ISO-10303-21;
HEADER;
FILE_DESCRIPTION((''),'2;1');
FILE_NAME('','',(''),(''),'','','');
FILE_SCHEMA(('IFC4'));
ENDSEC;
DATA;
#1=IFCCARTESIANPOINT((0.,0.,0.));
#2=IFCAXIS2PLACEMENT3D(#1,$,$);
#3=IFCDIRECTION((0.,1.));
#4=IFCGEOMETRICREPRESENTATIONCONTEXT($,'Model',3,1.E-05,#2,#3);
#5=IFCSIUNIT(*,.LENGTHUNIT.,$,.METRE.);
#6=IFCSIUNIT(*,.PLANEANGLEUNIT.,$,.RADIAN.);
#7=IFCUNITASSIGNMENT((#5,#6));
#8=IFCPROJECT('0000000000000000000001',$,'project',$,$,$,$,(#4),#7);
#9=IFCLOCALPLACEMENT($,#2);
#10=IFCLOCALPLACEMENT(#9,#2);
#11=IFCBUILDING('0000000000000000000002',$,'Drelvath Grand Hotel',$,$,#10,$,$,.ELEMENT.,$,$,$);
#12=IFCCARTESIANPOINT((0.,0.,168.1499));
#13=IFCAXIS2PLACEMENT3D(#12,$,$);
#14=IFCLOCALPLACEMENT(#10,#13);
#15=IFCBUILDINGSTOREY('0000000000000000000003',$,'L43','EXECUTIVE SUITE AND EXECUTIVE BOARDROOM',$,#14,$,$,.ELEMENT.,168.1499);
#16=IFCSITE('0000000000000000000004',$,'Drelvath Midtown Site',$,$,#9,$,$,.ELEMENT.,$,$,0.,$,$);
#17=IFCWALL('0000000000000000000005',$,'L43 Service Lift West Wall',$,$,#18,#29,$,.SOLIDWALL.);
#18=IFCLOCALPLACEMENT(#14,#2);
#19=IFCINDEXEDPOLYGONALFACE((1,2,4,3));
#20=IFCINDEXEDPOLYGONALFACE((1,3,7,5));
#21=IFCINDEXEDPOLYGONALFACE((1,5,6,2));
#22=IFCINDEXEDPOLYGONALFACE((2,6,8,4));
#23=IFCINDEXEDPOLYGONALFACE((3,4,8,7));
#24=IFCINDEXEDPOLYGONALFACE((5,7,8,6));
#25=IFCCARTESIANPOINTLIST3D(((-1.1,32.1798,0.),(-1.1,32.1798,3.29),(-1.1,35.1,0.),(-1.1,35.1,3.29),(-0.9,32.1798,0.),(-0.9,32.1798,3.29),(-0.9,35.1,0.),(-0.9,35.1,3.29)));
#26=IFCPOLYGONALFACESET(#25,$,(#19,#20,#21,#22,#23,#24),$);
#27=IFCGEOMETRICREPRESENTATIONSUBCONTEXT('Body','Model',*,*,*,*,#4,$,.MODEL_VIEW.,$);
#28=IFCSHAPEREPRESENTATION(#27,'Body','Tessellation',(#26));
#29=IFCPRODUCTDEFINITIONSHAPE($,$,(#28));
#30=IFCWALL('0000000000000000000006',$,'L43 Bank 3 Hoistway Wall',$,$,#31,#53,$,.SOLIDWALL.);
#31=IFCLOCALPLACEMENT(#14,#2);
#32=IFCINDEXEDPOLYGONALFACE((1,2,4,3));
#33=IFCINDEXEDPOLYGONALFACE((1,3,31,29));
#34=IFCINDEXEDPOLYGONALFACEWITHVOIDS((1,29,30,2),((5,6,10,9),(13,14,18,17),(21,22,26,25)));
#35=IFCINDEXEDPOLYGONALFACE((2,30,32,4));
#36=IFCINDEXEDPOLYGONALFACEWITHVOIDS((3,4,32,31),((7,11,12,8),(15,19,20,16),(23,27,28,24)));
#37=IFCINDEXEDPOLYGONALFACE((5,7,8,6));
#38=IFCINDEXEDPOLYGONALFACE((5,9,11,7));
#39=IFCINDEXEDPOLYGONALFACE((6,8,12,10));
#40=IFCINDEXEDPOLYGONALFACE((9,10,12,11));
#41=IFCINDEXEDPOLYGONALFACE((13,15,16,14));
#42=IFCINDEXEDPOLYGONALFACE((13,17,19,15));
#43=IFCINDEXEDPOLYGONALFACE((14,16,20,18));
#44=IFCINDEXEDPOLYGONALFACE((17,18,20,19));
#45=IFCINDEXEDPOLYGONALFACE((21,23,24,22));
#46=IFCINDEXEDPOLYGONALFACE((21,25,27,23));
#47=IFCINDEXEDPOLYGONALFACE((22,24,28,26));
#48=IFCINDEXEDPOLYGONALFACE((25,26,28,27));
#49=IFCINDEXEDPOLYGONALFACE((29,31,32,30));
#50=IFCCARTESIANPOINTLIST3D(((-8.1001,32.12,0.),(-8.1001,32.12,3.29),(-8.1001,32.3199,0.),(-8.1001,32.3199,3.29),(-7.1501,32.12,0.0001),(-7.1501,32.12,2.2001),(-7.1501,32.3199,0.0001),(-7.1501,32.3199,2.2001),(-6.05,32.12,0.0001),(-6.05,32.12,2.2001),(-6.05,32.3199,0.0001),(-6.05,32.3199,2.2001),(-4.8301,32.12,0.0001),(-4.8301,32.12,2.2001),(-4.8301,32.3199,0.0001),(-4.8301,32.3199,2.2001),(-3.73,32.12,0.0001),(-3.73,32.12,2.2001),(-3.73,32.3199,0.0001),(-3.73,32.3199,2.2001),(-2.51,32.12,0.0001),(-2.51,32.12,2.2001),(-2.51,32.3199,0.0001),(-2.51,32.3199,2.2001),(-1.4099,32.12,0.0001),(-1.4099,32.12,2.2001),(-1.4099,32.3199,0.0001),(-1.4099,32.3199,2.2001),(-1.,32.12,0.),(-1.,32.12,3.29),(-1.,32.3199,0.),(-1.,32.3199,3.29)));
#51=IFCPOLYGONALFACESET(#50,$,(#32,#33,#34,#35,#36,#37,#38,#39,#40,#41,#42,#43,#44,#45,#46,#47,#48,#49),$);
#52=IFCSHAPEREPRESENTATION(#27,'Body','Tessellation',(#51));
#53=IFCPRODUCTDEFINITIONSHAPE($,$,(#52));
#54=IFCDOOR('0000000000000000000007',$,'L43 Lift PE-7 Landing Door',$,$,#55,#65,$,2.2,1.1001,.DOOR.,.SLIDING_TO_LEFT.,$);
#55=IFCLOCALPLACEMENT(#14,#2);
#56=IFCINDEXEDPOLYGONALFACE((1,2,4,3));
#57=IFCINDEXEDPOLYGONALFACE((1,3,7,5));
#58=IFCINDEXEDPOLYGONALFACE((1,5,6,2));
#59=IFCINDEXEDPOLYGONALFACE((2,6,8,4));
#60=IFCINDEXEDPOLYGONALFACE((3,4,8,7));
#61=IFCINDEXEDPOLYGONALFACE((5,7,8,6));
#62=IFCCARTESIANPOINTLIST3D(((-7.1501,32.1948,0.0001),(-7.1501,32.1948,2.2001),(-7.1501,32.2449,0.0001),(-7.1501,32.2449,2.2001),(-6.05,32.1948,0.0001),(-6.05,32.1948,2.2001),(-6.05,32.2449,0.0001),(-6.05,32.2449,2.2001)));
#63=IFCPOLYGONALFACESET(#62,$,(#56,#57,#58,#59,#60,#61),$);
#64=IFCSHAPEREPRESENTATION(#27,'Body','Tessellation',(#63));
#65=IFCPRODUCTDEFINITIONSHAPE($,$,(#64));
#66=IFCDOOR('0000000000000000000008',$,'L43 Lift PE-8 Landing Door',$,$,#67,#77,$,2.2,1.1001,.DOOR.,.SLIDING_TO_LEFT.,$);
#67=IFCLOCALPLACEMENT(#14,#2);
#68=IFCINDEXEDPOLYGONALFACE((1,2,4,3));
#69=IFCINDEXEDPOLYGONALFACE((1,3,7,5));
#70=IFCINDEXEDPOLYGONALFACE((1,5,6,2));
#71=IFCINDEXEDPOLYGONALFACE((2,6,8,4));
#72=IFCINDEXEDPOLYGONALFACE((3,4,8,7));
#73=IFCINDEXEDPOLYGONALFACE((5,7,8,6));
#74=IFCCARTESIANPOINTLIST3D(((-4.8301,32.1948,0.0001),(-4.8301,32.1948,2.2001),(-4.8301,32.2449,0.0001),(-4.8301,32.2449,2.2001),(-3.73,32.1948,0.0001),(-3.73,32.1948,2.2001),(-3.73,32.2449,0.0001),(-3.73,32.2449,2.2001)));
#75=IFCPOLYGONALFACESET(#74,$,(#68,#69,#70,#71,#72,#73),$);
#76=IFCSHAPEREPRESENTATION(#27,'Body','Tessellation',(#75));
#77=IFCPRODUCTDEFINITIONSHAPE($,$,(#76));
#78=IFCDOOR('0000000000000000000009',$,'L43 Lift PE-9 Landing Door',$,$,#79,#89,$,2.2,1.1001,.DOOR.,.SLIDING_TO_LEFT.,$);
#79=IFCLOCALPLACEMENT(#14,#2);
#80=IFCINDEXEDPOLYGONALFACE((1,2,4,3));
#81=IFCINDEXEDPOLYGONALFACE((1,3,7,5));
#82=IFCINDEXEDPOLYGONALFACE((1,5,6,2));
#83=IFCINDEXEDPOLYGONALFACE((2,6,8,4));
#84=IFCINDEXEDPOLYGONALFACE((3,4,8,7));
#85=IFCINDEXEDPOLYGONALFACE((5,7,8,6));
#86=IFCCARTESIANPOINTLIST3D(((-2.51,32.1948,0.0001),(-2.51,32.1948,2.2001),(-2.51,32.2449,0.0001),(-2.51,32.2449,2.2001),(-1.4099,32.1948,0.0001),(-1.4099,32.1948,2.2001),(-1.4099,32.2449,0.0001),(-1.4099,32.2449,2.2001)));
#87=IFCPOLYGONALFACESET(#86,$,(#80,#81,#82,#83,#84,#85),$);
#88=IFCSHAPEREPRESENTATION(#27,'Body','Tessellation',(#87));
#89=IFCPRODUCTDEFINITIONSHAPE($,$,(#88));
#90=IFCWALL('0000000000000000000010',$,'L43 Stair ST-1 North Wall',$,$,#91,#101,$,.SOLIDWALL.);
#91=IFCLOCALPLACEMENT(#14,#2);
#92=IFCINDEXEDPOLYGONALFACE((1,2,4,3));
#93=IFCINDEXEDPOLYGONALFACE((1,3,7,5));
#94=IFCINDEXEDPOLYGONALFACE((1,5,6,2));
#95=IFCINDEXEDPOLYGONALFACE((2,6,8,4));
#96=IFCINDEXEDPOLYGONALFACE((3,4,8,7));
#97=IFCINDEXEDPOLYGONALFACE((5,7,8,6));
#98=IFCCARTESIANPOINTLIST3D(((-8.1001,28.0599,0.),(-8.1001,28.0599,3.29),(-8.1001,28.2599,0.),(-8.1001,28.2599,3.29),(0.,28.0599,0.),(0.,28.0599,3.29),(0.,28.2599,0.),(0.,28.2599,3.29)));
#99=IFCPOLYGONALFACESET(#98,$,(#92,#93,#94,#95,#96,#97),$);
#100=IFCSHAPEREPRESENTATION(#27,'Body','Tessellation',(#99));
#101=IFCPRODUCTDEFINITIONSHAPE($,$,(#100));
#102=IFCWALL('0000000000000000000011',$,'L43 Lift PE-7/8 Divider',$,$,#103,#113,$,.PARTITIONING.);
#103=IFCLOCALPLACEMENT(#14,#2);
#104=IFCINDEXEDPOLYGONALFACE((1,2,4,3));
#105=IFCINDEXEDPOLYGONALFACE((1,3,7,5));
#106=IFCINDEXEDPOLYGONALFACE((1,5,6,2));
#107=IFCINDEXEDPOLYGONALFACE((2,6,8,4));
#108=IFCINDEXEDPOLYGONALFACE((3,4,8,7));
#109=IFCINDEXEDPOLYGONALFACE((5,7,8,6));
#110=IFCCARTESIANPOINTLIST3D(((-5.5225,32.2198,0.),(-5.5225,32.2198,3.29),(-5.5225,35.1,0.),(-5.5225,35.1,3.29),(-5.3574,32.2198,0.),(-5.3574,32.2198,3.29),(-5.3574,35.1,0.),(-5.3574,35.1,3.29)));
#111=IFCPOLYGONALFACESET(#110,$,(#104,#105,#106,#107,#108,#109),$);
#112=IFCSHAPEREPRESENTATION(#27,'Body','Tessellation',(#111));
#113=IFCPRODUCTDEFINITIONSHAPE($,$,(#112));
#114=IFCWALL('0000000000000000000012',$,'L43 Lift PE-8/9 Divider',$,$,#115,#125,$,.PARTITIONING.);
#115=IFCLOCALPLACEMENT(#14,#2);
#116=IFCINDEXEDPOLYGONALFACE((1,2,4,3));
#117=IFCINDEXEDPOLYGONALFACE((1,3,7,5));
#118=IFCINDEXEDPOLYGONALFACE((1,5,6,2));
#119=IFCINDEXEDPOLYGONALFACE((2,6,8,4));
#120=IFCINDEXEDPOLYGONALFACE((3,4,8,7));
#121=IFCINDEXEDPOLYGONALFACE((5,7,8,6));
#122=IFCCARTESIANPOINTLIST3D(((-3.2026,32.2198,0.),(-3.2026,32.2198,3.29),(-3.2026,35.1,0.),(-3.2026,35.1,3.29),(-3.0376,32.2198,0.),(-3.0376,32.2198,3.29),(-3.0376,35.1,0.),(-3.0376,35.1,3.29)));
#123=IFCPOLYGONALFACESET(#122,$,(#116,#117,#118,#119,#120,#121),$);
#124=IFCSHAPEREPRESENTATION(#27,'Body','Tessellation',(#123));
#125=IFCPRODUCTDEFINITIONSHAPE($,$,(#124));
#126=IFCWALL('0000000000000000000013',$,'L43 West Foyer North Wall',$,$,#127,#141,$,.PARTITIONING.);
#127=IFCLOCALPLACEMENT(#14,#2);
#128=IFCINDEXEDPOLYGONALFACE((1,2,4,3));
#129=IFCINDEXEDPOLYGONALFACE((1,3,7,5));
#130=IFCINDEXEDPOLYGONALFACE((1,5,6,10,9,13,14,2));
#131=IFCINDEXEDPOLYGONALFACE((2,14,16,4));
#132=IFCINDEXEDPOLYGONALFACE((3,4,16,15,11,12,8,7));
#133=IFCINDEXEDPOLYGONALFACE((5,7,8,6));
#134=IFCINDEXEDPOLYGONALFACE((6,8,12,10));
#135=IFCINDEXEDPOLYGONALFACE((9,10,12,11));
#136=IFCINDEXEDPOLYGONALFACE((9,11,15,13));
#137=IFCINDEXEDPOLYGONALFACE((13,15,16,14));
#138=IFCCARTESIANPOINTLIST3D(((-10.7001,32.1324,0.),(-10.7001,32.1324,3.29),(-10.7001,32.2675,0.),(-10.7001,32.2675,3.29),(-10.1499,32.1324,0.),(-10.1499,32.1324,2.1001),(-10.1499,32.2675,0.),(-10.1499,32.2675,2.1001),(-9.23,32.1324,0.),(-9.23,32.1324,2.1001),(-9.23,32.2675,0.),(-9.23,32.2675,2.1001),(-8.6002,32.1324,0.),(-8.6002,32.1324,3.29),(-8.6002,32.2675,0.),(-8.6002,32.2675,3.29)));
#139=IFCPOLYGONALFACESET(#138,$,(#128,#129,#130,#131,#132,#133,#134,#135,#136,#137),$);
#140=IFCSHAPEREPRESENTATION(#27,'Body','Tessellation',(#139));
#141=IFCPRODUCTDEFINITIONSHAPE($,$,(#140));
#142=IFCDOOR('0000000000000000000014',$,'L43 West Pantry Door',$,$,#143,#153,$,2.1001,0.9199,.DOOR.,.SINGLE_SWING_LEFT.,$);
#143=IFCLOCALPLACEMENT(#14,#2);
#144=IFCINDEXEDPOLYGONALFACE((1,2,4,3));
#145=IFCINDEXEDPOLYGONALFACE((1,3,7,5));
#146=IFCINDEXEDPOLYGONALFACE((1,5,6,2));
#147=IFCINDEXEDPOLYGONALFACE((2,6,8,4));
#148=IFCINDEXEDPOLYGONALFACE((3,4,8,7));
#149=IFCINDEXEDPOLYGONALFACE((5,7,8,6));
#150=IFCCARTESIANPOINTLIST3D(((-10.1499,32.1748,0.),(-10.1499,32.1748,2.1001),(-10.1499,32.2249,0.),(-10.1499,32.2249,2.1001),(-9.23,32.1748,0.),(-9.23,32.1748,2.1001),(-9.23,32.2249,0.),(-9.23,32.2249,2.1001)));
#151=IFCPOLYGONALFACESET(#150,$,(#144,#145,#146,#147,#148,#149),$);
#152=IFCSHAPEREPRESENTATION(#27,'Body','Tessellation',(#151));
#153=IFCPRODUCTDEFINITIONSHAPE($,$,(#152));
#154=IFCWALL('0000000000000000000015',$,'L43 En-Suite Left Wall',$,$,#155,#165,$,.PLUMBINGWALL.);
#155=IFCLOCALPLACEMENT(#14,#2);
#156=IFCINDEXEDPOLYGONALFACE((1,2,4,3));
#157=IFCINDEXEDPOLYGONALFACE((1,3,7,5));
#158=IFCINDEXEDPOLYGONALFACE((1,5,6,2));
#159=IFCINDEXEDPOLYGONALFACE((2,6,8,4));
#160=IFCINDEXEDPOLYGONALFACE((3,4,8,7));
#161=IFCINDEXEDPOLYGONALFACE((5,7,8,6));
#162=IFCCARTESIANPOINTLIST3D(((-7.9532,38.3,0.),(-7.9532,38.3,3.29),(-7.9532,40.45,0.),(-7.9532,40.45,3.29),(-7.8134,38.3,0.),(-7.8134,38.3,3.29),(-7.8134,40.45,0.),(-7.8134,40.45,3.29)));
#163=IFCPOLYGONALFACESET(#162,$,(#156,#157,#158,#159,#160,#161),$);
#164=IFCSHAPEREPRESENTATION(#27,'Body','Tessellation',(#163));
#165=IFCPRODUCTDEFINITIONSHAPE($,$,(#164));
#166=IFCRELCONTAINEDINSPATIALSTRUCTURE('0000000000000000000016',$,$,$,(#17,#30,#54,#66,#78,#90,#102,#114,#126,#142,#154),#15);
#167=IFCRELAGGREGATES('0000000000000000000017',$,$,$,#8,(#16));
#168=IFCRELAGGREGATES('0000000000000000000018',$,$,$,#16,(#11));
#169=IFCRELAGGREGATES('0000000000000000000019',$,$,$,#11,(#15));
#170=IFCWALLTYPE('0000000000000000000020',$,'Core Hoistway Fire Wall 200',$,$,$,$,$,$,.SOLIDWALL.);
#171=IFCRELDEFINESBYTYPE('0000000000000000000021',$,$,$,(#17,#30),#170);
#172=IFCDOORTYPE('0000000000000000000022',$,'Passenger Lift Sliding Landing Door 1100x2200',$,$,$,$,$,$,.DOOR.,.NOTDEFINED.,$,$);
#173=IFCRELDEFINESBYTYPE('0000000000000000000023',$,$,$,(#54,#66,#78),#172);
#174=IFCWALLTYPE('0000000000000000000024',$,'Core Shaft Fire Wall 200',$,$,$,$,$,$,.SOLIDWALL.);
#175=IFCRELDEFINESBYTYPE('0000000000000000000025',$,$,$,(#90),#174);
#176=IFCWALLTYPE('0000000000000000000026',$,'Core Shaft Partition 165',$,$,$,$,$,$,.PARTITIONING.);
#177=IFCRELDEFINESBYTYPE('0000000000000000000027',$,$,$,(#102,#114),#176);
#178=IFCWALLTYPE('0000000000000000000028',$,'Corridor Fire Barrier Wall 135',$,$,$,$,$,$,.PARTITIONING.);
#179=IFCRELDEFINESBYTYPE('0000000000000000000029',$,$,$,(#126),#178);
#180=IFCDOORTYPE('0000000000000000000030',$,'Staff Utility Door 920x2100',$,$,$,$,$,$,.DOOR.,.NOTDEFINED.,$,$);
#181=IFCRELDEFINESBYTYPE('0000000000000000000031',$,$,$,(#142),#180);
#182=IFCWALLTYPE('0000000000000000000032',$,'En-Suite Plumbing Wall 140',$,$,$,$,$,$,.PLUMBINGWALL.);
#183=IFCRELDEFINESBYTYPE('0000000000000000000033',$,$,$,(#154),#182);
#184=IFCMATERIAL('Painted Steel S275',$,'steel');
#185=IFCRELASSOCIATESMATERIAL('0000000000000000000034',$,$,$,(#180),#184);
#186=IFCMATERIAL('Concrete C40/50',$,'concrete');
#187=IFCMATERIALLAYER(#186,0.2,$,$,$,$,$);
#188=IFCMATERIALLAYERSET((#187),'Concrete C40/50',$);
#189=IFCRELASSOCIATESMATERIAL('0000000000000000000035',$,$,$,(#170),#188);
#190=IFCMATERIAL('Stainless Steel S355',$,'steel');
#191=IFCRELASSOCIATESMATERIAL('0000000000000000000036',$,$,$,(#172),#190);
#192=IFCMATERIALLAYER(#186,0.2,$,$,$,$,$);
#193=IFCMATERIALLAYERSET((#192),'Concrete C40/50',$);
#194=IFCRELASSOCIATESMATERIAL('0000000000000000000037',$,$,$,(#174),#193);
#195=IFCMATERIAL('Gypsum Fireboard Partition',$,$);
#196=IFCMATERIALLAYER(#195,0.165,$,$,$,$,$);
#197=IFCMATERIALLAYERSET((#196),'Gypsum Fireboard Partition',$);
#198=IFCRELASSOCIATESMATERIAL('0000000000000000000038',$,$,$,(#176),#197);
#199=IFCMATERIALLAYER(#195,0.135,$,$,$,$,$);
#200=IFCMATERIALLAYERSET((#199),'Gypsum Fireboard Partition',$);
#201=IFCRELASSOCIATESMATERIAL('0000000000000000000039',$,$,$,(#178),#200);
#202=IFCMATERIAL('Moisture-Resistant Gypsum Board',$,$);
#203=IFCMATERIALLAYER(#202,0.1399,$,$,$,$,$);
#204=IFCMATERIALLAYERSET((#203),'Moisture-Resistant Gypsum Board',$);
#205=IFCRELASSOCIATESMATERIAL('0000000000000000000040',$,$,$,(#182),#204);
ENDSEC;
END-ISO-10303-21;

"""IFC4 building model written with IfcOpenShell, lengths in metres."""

from ifc_helpers import new_model, si_unit, direction, frame, frame_2d, origin, place, context, subcontext, project, spatial, rectangle, extrude, material, layer, layer_set, type_object, element, fill, save


model = new_model("IFC4")

# Units and contexts
model_context = context("Model", 3, precision=1e-05, world=origin(), true_north=direction((0.0, 1.0)))
body_context = subcontext(model_context, "Body", "Model", "MODEL_VIEW")
ifc_project = project(units=[si_unit("LENGTHUNIT", "METRE"), si_unit("PLANEANGLEUNIT", "RADIAN")], contexts=[model_context])

# Site, building, storey
site_placement = place(None, origin())
site = spatial("IfcSite", under=ifc_project, at=site_placement, Name="Drelvath Midtown Site", CompositionType="ELEMENT", RefElevation=0.0)
building_placement = place(site_placement, origin())
building = spatial("IfcBuilding", under=site, at=building_placement, Name="Drelvath Grand Hotel", CompositionType="ELEMENT")
storey_placement = place(building_placement, frame((0.0, 0.0, 168.1499)))
storey = spatial("IfcBuildingStorey", under=building, at=storey_placement, Name="L43", Description="EXECUTIVE SUITE AND EXECUTIVE BOARDROOM", CompositionType="ELEMENT", Elevation=168.1499)

# Shared definitions
ifc_material_1 = material(Name="Painted Steel S275", Category="steel")
door_type_1 = type_object("IfcDoorType", Name="Staff Utility Door 920x2100", OperationType="NOTDEFINED", PredefinedType="DOOR", material=ifc_material_1)

# Shared definitions
ifc_material_2 = material(Name="Concrete C40/50", Category="concrete")
ifc_layer_1 = layer(ifc_material_2, 0.2)
ifc_layer_set_1 = layer_set([ifc_layer_1], Name="Concrete C40/50")
wall_type_1 = type_object("IfcWallType", Name="Core Hoistway Fire Wall 200", PredefinedType="SOLIDWALL", material=ifc_layer_set_1)
ifc_material_3 = material(Name="Stainless Steel S355", Category="steel")

# Wall
wall_1_placement = place(storey_placement, frame((-1.0, 32.1799, 0.0), z_axis=(0.0, 0.0, 1.0), x_axis=(0.0, 1.0, 0.0)))
element("IfcWall", 1, at=wall_1_placement, inside=storey, type_object=wall_type_1, Name="L43 Service Lift West Wall", PredefinedType="SOLIDWALL", context=body_context, shape_type="SweptSolid", body=[
    extrude(rectangle(XDim=2.9202, YDim=0.2, at=frame_2d((1.46, 0.0))), origin(), (0.0, 0.0, 1.0), 3.29),
])

# Wall, openings, doors
wall_2_placement = place(storey_placement, frame((-8.1001, 32.22, 0.0), z_axis=(0.0, 0.0, 1.0), x_axis=(1.0, 0.0, 0.0)))
wall_2 = element("IfcWall", 2, at=wall_2_placement, inside=storey, type_object=wall_type_1, Name="L43 Bank 3 Hoistway Wall", PredefinedType="SOLIDWALL", context=body_context, shape_type="SweptSolid", body=[
    extrude(rectangle(XDim=7.1001, YDim=0.2, at=frame_2d((3.55, 0.0))), origin(), (0.0, 0.0, 1.0), 3.29),
])
opening_1_placement = place(wall_2_placement, frame((0.95, 0.0, 0.0)))
opening_1 = element("IfcOpeningElement", 3, at=opening_1_placement, cuts=wall_2, PredefinedType="OPENING", context=body_context, shape_type="SweptSolid", body=[
    extrude(rectangle(XDim=1.1001, YDim=2.2, at=frame_2d((0.55, 1.1001))), frame((0.0, 0.1099, 0.0), z_axis=(0.0, -1.0, 0.0), x_axis=(1.0, 0.0, 0.0)), (0.0, 0.0, 1.0), 0.22),
])
opening_2_placement = place(wall_2_placement, frame((3.27, 0.0, 0.0)))
opening_2 = element("IfcOpeningElement", 4, at=opening_2_placement, cuts=wall_2, PredefinedType="OPENING", context=body_context, shape_type="SweptSolid", body=[
    extrude(rectangle(XDim=1.1001, YDim=2.2, at=frame_2d((0.55, 1.1001))), frame((0.0, 0.1099, 0.0), z_axis=(0.0, -1.0, 0.0), x_axis=(1.0, 0.0, 0.0)), (0.0, 0.0, 1.0), 0.22),
])
opening_3_placement = place(wall_2_placement, frame((5.5901, 0.0, 0.0)))
opening_3 = element("IfcOpeningElement", 5, at=opening_3_placement, cuts=wall_2, PredefinedType="OPENING", context=body_context, shape_type="SweptSolid", body=[
    extrude(rectangle(XDim=1.1001, YDim=2.2, at=frame_2d((0.55, 1.1001))), frame((0.0, 0.1099, 0.0), z_axis=(0.0, -1.0, 0.0), x_axis=(1.0, 0.0, 0.0)), (0.0, 0.0, 1.0), 0.22),
])
door_type_2 = type_object("IfcDoorType", Name="Passenger Lift Sliding Landing Door 1100x2200", OperationType="NOTDEFINED", PredefinedType="DOOR", material=ifc_material_3)
door_1_placement = place(opening_1_placement, origin())
door_1 = element("IfcDoor", 6, at=door_1_placement, inside=storey, type_object=door_type_2, Name="L43 Lift PE-7 Landing Door", OperationType="SLIDING_TO_LEFT", OverallHeight=2.2, OverallWidth=1.1001, PredefinedType="DOOR", context=body_context, shape_type="SweptSolid", body=[
    extrude(rectangle(XDim=1.1001, YDim=2.2, at=frame_2d((0.55, 1.1001))), frame((0.0, 0.0249, 0.0), z_axis=(0.0, -1.0, 0.0), x_axis=(1.0, 0.0, 0.0)), (0.0, 0.0, 1.0), 0.05),
])
fill(opening_1, door_1)
door_2_placement = place(opening_2_placement, origin())
door_2 = element("IfcDoor", 7, at=door_2_placement, inside=storey, type_object=door_type_2, Name="L43 Lift PE-8 Landing Door", OperationType="SLIDING_TO_LEFT", OverallHeight=2.2, OverallWidth=1.1001, PredefinedType="DOOR", context=body_context, shape_type="SweptSolid", body=[
    extrude(rectangle(XDim=1.1001, YDim=2.2, at=frame_2d((0.55, 1.1001))), frame((0.0, 0.0249, 0.0), z_axis=(0.0, -1.0, 0.0), x_axis=(1.0, 0.0, 0.0)), (0.0, 0.0, 1.0), 0.05),
])
fill(opening_2, door_2)
door_3_placement = place(opening_3_placement, origin())
door_3 = element("IfcDoor", 8, at=door_3_placement, inside=storey, type_object=door_type_2, Name="L43 Lift PE-9 Landing Door", OperationType="SLIDING_TO_LEFT", OverallHeight=2.2, OverallWidth=1.1001, PredefinedType="DOOR", context=body_context, shape_type="SweptSolid", body=[
    extrude(rectangle(XDim=1.1001, YDim=2.2, at=frame_2d((0.55, 1.1001))), frame((0.0, 0.0249, 0.0), z_axis=(0.0, -1.0, 0.0), x_axis=(1.0, 0.0, 0.0)), (0.0, 0.0, 1.0), 0.05),
])
fill(opening_3, door_3)

# Walls
ifc_layer_2 = layer(ifc_material_2, 0.2)
ifc_layer_set_2 = layer_set([ifc_layer_2], Name="Concrete C40/50")
wall_type_2 = type_object("IfcWallType", Name="Core Shaft Fire Wall 200", PredefinedType="SOLIDWALL", material=ifc_layer_set_2)
wall_3_placement = place(storey_placement, frame((-8.1001, 28.1599, 0.0), z_axis=(0.0, 0.0, 1.0), x_axis=(1.0, 0.0, 0.0)))
element("IfcWall", 9, at=wall_3_placement, inside=storey, type_object=wall_type_2, Name="L43 Stair ST-1 North Wall", PredefinedType="SOLIDWALL", context=body_context, shape_type="SweptSolid", body=[
    extrude(rectangle(XDim=8.1001, YDim=0.2, at=frame_2d((4.05, 0.0))), origin(), (0.0, 0.0, 1.0), 3.29),
])
ifc_material_4 = material(Name="Gypsum Fireboard Partition")
ifc_layer_3 = layer(ifc_material_4, 0.165)
ifc_layer_set_3 = layer_set([ifc_layer_3], Name="Gypsum Fireboard Partition")
wall_type_3 = type_object("IfcWallType", Name="Core Shaft Partition 165", PredefinedType="PARTITIONING", material=ifc_layer_set_3)
for number, where, z_axis, x_axis, name in (
    (10, (-5.4399, 32.22, 0.0), (0.0, 0.0, 1.0), (0.0, 1.0, 0.0), "L43 Lift PE-7/8 Divider"),
    (11, (-3.1201, 32.22, 0.0), (0.0, 0.0, 1.0), (0.0, 1.0, 0.0), "L43 Lift PE-8/9 Divider"),
):
    element("IfcWall", number, at=place(storey_placement, frame(where, z_axis=z_axis, x_axis=x_axis)), inside=storey, type_object=wall_type_3, Name=name, PredefinedType="PARTITIONING", context=body_context, shape_type="SweptSolid", body=[
        extrude(rectangle(XDim=2.8801, YDim=0.165, at=frame_2d((1.4399, 0.0))), origin(), (0.0, 0.0, 1.0), 3.29),
    ])

# Wall, opening, door
ifc_layer_4 = layer(ifc_material_4, 0.135)
ifc_layer_set_4 = layer_set([ifc_layer_4], Name="Gypsum Fireboard Partition")
wall_type_4 = type_object("IfcWallType", Name="Corridor Fire Barrier Wall 135", PredefinedType="PARTITIONING", material=ifc_layer_set_4)
wall_4_placement = place(storey_placement, frame((-10.7, 32.2, 0.0), z_axis=(0.0, 0.0, 1.0), x_axis=(1.0, 0.0, 0.0)))
wall_4 = element("IfcWall", 12, at=wall_4_placement, inside=storey, type_object=wall_type_4, Name="L43 West Foyer North Wall", PredefinedType="PARTITIONING", context=body_context, shape_type="SweptSolid", body=[
    extrude(rectangle(XDim=2.0999, YDim=0.135, at=frame_2d((1.0498, 0.0))), origin(), (0.0, 0.0, 1.0), 3.29),
])
opening_4_placement = place(wall_4_placement, frame((0.55, 0.0, 0.0)))
opening_4 = element("IfcOpeningElement", 13, at=opening_4_placement, cuts=wall_4, PredefinedType="OPENING", context=body_context, shape_type="SweptSolid", body=[
    extrude(rectangle(XDim=0.9199, YDim=2.1001, at=frame_2d((0.46, 1.05))), frame((0.0, 0.0774, 0.0), z_axis=(0.0, -1.0, 0.0), x_axis=(1.0, 0.0, 0.0)), (0.0, 0.0, 1.0), 0.155),
])
door_4_placement = place(opening_4_placement, origin())
door_4 = element("IfcDoor", 14, at=door_4_placement, inside=storey, type_object=door_type_1, Name="L43 West Pantry Door", OperationType="SINGLE_SWING_LEFT", OverallHeight=2.1001, OverallWidth=0.9199, PredefinedType="DOOR", context=body_context, shape_type="SweptSolid", body=[
    extrude(rectangle(XDim=0.9199, YDim=2.1001, at=frame_2d((0.46, 1.05))), frame((0.0, 0.0249, 0.0), z_axis=(0.0, -1.0, 0.0), x_axis=(1.0, 0.0, 0.0)), (0.0, 0.0, 1.0), 0.05),
])
fill(opening_4, door_4)

# Wall
ifc_material_5 = material(Name="Moisture-Resistant Gypsum Board")
ifc_layer_5 = layer(ifc_material_5, 0.1399)
ifc_layer_set_5 = layer_set([ifc_layer_5], Name="Moisture-Resistant Gypsum Board")
wall_type_5 = type_object("IfcWallType", Name="En-Suite Plumbing Wall 140", PredefinedType="PLUMBINGWALL", material=ifc_layer_set_5)
for number, where, z_axis, x_axis, name in (
    (15, (-7.8833, 38.3, 0.0), (0.0, 0.0, 1.0), (0.0, 1.0, 0.0), "L43 En-Suite Left Wall"),
):
    element("IfcWall", number, at=place(storey_placement, frame(where, z_axis=z_axis, x_axis=x_axis)), inside=storey, type_object=wall_type_5, Name=name, PredefinedType="PLUMBINGWALL", context=body_context, shape_type="SweptSolid", body=[
        extrude(rectangle(XDim=2.1499, YDim=0.1399, at=frame_2d((1.075, 0.0))), origin(), (0.0, 0.0, 1.0), 3.29),
    ])

save(model, "model.ifc")
